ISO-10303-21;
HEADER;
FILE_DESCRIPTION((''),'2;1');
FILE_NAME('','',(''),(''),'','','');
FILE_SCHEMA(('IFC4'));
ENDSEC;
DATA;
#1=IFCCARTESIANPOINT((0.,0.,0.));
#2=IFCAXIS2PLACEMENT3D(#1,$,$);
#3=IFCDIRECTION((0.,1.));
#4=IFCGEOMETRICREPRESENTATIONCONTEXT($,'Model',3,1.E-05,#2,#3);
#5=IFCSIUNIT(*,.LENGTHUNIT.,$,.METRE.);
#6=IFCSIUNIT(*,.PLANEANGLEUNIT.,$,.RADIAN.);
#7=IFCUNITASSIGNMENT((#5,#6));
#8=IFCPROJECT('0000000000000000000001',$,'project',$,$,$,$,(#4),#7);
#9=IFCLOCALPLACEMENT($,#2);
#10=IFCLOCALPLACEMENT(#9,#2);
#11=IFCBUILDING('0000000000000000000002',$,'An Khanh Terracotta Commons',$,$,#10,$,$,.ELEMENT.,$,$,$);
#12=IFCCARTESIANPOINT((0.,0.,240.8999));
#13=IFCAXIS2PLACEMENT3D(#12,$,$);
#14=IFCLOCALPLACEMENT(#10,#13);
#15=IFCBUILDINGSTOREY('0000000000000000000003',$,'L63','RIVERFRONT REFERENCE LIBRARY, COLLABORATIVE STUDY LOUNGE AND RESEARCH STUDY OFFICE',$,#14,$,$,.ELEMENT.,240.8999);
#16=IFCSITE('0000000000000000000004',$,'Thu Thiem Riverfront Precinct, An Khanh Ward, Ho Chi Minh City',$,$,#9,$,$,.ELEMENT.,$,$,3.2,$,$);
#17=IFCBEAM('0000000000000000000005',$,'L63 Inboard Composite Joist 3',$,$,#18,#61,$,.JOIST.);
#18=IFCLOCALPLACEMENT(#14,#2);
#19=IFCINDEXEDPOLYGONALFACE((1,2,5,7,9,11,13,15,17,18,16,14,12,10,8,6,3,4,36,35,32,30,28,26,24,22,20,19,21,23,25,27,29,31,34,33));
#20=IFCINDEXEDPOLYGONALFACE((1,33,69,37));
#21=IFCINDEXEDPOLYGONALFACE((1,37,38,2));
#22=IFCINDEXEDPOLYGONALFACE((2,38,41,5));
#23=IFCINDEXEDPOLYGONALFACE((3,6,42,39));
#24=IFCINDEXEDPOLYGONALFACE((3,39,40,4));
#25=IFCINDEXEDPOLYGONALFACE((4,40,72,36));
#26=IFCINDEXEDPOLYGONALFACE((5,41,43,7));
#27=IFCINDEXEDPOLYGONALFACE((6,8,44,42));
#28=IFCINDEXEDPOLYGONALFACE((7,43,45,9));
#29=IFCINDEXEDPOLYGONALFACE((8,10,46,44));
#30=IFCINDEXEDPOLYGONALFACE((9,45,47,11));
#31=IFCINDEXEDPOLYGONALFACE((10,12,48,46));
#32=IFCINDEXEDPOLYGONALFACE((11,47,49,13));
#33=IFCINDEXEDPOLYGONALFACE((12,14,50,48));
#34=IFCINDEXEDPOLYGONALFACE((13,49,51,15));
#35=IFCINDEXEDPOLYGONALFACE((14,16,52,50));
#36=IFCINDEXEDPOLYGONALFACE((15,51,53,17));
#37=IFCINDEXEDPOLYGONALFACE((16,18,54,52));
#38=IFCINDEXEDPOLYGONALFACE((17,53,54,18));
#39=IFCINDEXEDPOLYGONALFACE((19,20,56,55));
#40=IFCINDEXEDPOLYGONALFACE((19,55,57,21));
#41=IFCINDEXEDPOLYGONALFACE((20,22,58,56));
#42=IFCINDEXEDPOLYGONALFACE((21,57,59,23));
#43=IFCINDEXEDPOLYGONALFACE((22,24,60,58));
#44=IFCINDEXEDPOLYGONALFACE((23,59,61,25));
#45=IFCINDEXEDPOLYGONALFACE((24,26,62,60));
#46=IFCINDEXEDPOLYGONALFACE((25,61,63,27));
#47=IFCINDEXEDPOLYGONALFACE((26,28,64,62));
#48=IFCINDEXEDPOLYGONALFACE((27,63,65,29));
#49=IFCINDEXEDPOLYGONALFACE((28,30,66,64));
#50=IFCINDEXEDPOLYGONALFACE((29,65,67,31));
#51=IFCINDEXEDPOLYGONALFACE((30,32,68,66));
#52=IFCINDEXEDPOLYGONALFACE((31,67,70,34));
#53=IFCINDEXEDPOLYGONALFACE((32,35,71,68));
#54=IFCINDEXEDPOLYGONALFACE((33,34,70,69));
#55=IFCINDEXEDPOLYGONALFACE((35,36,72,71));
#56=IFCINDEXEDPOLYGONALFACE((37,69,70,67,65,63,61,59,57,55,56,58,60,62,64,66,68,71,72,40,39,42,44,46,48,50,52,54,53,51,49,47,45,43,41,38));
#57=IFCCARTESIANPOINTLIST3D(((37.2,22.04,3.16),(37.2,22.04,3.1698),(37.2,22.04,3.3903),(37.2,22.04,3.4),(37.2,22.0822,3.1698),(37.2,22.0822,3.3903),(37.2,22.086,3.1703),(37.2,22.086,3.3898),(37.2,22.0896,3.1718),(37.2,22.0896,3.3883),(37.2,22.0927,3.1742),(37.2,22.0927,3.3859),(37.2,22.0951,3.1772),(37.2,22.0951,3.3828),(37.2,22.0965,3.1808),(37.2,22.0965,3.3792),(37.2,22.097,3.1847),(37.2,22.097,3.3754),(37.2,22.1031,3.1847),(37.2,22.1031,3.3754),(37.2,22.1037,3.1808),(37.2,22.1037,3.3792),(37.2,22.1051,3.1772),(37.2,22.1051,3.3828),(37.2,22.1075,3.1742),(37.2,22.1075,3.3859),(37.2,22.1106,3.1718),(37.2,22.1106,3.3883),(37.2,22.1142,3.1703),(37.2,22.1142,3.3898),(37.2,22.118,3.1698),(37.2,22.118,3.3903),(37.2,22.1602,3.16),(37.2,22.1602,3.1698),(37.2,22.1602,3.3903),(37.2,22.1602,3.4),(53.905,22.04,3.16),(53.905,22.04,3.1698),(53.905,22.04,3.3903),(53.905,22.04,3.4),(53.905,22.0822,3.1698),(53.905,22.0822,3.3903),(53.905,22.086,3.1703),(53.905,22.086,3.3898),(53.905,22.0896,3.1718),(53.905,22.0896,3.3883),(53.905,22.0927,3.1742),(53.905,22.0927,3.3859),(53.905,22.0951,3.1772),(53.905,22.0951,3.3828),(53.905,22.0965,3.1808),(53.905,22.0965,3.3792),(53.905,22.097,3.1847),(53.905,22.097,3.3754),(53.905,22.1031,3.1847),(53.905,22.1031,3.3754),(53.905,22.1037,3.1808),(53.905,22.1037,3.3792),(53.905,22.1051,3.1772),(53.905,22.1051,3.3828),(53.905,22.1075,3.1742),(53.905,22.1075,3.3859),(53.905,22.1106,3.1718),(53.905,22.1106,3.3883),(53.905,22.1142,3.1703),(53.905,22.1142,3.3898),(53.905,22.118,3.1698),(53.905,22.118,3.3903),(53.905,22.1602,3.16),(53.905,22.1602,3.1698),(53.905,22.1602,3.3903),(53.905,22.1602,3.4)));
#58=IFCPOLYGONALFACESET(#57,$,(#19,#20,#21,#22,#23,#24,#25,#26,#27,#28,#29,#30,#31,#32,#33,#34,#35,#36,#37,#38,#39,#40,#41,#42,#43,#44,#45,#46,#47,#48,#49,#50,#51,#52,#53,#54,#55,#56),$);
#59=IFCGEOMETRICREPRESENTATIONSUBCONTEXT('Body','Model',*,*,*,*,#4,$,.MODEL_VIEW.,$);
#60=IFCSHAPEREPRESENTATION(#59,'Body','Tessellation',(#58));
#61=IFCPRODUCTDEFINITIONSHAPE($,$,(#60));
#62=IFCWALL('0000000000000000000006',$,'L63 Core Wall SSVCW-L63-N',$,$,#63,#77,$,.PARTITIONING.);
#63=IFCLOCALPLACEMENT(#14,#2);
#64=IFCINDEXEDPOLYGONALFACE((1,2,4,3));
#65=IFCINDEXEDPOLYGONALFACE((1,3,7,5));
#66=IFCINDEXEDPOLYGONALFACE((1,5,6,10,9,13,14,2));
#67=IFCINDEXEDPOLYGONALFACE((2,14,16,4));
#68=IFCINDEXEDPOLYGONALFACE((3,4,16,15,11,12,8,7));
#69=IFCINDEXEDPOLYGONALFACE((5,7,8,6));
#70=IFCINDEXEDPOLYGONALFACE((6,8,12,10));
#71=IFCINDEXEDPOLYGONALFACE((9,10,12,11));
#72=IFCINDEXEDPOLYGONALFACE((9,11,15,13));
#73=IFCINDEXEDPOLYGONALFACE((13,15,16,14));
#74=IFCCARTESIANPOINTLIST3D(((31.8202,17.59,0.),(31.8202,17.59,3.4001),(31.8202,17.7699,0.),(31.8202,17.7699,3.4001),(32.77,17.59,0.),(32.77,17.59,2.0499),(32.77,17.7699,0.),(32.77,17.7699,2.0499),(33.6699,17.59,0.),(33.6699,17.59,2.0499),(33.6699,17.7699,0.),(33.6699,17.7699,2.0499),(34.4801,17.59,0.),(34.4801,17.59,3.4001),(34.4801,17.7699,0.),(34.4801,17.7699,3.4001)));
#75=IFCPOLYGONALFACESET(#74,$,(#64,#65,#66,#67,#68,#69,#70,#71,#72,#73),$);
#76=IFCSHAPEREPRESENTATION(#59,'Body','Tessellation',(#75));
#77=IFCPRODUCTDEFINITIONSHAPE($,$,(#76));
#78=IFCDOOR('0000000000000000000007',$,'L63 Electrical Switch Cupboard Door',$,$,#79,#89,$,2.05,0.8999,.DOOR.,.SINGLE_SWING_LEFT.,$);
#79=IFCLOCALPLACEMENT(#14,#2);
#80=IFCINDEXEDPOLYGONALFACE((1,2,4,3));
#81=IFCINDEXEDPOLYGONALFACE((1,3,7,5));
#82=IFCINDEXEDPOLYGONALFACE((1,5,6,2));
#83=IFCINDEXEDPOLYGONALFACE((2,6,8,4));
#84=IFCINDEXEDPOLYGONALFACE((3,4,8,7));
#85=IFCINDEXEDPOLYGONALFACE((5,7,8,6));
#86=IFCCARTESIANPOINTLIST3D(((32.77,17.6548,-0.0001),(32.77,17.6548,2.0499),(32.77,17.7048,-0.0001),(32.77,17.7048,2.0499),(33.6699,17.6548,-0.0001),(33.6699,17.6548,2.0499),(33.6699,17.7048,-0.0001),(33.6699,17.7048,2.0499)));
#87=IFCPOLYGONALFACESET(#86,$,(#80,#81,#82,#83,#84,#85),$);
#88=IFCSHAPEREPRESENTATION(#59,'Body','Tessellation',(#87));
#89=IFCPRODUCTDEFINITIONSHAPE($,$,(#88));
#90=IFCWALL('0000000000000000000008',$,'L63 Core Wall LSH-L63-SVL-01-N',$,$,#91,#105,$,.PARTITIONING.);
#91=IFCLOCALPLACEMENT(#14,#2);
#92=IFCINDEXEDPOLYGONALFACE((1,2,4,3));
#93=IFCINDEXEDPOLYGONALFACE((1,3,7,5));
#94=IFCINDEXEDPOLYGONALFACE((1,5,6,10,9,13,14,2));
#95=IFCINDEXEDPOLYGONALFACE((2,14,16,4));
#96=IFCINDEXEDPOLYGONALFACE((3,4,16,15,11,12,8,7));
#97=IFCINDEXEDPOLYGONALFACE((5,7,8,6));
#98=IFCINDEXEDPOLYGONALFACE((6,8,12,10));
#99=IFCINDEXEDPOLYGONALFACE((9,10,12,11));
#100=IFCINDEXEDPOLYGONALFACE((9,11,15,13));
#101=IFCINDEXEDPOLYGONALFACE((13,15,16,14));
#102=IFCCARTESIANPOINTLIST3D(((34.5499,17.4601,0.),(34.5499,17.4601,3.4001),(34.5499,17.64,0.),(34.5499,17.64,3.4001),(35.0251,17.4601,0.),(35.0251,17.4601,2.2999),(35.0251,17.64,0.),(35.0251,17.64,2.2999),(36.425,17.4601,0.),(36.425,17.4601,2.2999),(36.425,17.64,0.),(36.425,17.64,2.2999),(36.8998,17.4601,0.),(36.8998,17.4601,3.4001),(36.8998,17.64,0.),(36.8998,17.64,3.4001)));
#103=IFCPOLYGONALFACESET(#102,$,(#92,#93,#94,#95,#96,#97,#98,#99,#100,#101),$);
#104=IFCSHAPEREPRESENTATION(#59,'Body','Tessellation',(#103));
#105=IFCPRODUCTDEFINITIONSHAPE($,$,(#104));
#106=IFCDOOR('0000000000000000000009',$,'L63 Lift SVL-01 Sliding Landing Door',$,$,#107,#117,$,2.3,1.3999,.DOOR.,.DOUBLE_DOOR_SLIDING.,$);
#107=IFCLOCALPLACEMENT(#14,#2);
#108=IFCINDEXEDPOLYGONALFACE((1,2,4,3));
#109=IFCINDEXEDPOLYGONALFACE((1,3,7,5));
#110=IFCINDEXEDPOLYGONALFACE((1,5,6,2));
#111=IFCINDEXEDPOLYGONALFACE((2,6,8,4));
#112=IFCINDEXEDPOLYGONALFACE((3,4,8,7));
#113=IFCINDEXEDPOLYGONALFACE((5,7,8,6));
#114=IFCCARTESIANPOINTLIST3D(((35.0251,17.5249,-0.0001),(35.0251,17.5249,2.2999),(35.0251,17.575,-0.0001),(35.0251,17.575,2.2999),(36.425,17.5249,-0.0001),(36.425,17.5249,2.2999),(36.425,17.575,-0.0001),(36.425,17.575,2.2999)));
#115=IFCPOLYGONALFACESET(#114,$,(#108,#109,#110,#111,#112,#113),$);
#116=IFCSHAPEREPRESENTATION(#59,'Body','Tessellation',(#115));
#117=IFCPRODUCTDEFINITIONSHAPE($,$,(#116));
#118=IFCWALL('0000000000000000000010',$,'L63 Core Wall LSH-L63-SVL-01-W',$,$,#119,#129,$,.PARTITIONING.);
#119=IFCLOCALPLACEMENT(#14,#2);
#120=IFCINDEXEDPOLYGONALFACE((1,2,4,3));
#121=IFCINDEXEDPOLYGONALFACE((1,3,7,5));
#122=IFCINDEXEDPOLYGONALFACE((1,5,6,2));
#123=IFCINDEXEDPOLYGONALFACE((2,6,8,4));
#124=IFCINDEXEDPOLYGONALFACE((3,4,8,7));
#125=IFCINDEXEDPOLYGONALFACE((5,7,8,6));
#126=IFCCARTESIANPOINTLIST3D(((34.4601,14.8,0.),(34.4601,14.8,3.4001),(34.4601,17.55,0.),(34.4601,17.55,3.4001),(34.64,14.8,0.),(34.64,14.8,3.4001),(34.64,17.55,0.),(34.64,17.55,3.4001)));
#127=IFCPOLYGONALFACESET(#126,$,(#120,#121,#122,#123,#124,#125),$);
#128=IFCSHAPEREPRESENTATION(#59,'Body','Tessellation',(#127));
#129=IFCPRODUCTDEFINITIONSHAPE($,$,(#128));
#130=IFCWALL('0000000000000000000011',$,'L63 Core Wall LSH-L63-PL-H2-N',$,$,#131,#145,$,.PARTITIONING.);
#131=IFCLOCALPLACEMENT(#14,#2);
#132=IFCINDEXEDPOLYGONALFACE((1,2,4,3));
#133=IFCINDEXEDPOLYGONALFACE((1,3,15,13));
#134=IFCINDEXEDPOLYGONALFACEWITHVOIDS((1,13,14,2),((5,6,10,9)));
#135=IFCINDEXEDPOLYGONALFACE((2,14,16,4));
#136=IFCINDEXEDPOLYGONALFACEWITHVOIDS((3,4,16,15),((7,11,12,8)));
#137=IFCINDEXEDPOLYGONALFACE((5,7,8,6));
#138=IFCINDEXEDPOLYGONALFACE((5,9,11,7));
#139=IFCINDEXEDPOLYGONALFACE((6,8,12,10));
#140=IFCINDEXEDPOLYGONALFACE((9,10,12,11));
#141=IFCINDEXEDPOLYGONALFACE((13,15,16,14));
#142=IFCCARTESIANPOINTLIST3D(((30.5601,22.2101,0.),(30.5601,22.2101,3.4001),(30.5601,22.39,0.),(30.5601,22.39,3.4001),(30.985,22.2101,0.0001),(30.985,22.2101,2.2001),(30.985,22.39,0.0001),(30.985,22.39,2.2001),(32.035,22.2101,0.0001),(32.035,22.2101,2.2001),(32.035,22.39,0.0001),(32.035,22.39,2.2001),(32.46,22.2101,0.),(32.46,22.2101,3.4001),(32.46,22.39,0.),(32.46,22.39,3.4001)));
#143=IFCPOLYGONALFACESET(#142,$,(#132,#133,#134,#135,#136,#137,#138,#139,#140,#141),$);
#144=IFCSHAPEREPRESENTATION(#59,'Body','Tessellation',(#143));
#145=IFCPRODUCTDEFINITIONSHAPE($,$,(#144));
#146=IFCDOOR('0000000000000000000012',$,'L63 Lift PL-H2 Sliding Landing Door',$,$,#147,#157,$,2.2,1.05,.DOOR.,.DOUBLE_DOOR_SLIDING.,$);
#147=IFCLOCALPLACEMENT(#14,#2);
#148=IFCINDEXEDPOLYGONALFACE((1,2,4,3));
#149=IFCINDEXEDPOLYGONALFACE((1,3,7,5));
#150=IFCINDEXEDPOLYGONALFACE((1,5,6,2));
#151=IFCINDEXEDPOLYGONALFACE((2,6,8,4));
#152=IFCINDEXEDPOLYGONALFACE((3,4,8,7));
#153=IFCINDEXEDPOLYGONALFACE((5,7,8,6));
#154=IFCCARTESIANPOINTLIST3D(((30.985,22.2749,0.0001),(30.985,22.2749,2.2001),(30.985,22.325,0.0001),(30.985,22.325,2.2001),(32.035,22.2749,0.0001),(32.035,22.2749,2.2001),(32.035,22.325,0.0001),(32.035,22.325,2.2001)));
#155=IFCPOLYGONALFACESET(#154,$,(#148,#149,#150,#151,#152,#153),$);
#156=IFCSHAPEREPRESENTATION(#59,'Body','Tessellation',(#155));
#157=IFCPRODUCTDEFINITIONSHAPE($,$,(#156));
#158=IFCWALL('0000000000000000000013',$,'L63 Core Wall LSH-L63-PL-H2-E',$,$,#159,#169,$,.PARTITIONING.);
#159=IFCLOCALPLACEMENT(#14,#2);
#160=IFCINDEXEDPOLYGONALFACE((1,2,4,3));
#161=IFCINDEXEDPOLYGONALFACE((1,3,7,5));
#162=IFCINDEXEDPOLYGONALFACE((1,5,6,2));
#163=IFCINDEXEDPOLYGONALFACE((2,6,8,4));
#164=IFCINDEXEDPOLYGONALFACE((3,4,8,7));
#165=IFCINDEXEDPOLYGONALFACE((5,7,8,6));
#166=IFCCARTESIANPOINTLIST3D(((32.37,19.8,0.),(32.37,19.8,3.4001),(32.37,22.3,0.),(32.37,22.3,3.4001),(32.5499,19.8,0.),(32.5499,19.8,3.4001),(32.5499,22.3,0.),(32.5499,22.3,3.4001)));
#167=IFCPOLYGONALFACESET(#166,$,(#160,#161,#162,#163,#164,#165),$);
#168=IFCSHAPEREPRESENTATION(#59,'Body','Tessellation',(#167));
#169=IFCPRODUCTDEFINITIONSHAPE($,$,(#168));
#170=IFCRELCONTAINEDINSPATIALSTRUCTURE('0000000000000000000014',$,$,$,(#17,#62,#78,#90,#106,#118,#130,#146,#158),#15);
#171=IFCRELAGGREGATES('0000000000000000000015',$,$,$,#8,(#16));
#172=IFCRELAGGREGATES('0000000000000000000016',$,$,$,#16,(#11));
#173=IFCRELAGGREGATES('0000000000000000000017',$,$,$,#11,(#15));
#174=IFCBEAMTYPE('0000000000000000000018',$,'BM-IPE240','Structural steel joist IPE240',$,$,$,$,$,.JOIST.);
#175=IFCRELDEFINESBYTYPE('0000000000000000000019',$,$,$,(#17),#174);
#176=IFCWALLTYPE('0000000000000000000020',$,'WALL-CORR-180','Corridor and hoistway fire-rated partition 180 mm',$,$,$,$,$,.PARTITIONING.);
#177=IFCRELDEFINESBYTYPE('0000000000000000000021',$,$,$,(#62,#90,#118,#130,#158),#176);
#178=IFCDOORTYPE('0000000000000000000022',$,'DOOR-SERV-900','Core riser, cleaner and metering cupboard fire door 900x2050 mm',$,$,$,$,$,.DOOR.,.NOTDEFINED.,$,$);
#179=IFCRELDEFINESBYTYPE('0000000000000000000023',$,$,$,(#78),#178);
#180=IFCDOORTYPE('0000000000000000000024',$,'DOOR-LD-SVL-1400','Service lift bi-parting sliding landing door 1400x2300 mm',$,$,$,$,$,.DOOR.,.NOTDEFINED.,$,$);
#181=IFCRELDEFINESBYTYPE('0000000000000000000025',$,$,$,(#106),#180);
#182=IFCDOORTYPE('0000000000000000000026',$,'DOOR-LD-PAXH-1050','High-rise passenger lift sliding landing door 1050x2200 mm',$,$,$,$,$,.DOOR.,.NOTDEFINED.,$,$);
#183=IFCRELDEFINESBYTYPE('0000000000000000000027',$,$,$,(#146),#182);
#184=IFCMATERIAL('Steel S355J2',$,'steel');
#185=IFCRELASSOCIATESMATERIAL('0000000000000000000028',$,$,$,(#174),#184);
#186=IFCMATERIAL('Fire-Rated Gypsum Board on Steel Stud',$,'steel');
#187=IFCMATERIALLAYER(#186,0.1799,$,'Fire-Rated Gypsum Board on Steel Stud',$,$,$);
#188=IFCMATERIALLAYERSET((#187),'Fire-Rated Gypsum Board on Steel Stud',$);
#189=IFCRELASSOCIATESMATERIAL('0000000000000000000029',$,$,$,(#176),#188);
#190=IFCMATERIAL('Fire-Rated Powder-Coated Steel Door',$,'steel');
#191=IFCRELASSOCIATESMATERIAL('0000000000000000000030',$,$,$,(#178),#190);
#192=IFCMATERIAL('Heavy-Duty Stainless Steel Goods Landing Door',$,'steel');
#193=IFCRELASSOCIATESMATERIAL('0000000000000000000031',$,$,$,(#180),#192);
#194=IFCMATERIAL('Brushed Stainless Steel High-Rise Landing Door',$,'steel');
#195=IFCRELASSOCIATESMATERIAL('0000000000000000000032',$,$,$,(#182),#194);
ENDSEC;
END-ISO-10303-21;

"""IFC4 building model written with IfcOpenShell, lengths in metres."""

from ifc_helpers import new_model, si_unit, direction, frame, frame_2d, origin, origin_2d, place, context, subcontext, project, spatial, rectangle, i_section, extrude, material, layer, layer_set, material_profile, profile_set, type_object, element, fill, save


model = new_model("IFC4")

# Units and contexts
model_context = context("Model", 3, precision=1e-05, world=origin(), true_north=direction((0.0, 1.0)))
body_context = subcontext(model_context, "Body", "Model", "MODEL_VIEW")
ifc_project = project(units=[si_unit("LENGTHUNIT", "METRE"), si_unit("PLANEANGLEUNIT", "RADIAN")], contexts=[model_context])

# Site, building, storey
site_placement = place(None, origin())
site = spatial("IfcSite", under=ifc_project, at=site_placement, Name="Thu Thiem Riverfront Precinct, An Khanh Ward, Ho Chi Minh City", CompositionType="ELEMENT", RefElevation=3.2)
building_placement = place(site_placement, origin())
building = spatial("IfcBuilding", under=site, at=building_placement, Name="An Khanh Terracotta Commons", CompositionType="ELEMENT")
storey_placement = place(building_placement, frame((0.0, 0.0, 240.8999)))
storey = spatial("IfcBuildingStorey", under=building, at=storey_placement, Name="L63", Description="RIVERFRONT REFERENCE LIBRARY, COLLABORATIVE STUDY LOUNGE AND RESEARCH STUDY OFFICE", CompositionType="ELEMENT", Elevation=240.8999)

# Beam
ifc_material_1 = material(Name="Steel S355J2", Category="steel")
ifc_material_profile_1 = material_profile(ifc_material_1, i_section(OverallWidth=0.1201, OverallDepth=0.24, WebThickness=0.0061, FlangeThickness=0.0098, FilletRadius=0.0149, at=origin_2d()), Name="IPE240")
ifc_profile_set_1 = profile_set([ifc_material_profile_1], Name="Steel S355J2")
beam_type_1 = type_object("IfcBeamType", Name="BM-IPE240", Description="Structural steel joist IPE240", PredefinedType="JOIST", material=ifc_profile_set_1)
for number, where, z_axis, x_axis, name in (
    (1, (37.2, 22.1001, 3.28), (1.0, 0.0, 0.0), (0.0, 1.0, 0.0), "L63 Inboard Composite Joist 3"),
):
    element("IfcBeam", number, at=place(storey_placement, frame(where, z_axis=z_axis, x_axis=x_axis)), inside=storey, type_object=beam_type_1, Name=name, PredefinedType="JOIST", context=body_context, shape_type="SweptSolid", body=[
        extrude(i_section(OverallWidth=0.1201, OverallDepth=0.24, WebThickness=0.0061, FlangeThickness=0.0098, FilletRadius=0.0149, at=origin_2d()), origin(), (0.0, 0.0, 1.0), 16.7051),
    ])

# Walls, openings, doors
ifc_material_2 = material(Name="Fire-Rated Gypsum Board on Steel Stud", Category="steel")
ifc_layer = layer(ifc_material_2, 0.1799, Name="Fire-Rated Gypsum Board on Steel Stud")
ifc_layer_set = layer_set([ifc_layer], Name="Fire-Rated Gypsum Board on Steel Stud")
wall_type = type_object("IfcWallType", Name="WALL-CORR-180", Description="Corridor and hoistway fire-rated partition 180 mm", PredefinedType="PARTITIONING", material=ifc_layer_set)
wall_1_placement = place(storey_placement, frame((31.8201, 17.6799, 0.0), z_axis=(0.0, 0.0, 1.0), x_axis=(1.0, 0.0, 0.0)))
wall_1 = element("IfcWall", 2, at=wall_1_placement, inside=storey, type_object=wall_type, Name="L63 Core Wall SSVCW-L63-N", PredefinedType="PARTITIONING", context=body_context, shape_type="SweptSolid", body=[
    extrude(rectangle(XDim=2.6599, YDim=0.1799, at=frame_2d((1.3301, 0.0))), origin(), (0.0, 0.0, 1.0), 3.4001),
])
opening_1_placement = place(wall_1_placement, frame((0.95, 0.0, 0.0)))
opening_1 = element("IfcOpeningElement", 3, at=opening_1_placement, cuts=wall_1, PredefinedType="OPENING", context=body_context, shape_type="SweptSolid", body=[
    extrude(rectangle(XDim=0.8999, YDim=2.05, at=frame_2d((0.45, 1.0249))), frame((0.0, 0.0999, 0.0), z_axis=(0.0, -1.0, 0.0), x_axis=(1.0, 0.0, 0.0)), (0.0, 0.0, 1.0), 0.2),
])
ifc_material_3 = material(Name="Fire-Rated Powder-Coated Steel Door", Category="steel")
door_type_1 = type_object("IfcDoorType", Name="DOOR-SERV-900", Description="Core riser, cleaner and metering cupboard fire door 900x2050 mm", OperationType="NOTDEFINED", PredefinedType="DOOR", material=ifc_material_3)
door_1_placement = place(opening_1_placement, origin())
door_1 = element("IfcDoor", 4, at=door_1_placement, inside=storey, type_object=door_type_1, Name="L63 Electrical Switch Cupboard Door", OperationType="SINGLE_SWING_LEFT", OverallHeight=2.05, OverallWidth=0.8999, PredefinedType="DOOR", context=body_context, shape_type="SweptSolid", body=[
    extrude(rectangle(XDim=0.8999, YDim=2.05, at=frame_2d((0.45, 1.0249))), frame((0.0, 0.0249, 0.0), z_axis=(0.0, -1.0, 0.0), x_axis=(1.0, 0.0, 0.0)), (0.0, 0.0, 1.0), 0.05),
])
fill(opening_1, door_1)
wall_2_placement = place(storey_placement, frame((34.55, 17.55, 0.0), z_axis=(0.0, 0.0, 1.0), x_axis=(1.0, 0.0, 0.0)))
wall_2 = element("IfcWall", 5, at=wall_2_placement, inside=storey, type_object=wall_type, Name="L63 Core Wall LSH-L63-SVL-01-N", PredefinedType="PARTITIONING", context=body_context, shape_type="SweptSolid", body=[
    extrude(rectangle(XDim=2.3499, YDim=0.1799, at=frame_2d((1.1748, 0.0))), origin(), (0.0, 0.0, 1.0), 3.4001),
])
opening_2_placement = place(wall_2_placement, frame((0.4751, 0.0, 0.0)))
opening_2 = element("IfcOpeningElement", 6, at=opening_2_placement, cuts=wall_2, PredefinedType="OPENING", context=body_context, shape_type="SweptSolid", body=[
    extrude(rectangle(XDim=1.3999, YDim=2.3, at=frame_2d((0.7, 1.1499))), frame((0.0, 0.0999, 0.0), z_axis=(0.0, -1.0, 0.0), x_axis=(1.0, 0.0, 0.0)), (0.0, 0.0, 1.0), 0.2),
])
ifc_material_4 = material(Name="Heavy-Duty Stainless Steel Goods Landing Door", Category="steel")
door_type_2 = type_object("IfcDoorType", Name="DOOR-LD-SVL-1400", Description="Service lift bi-parting sliding landing door 1400x2300 mm", OperationType="NOTDEFINED", PredefinedType="DOOR", material=ifc_material_4)
door_2_placement = place(opening_2_placement, origin())
door_2 = element("IfcDoor", 7, at=door_2_placement, inside=storey, type_object=door_type_2, Name="L63 Lift SVL-01 Sliding Landing Door", OperationType="DOUBLE_DOOR_SLIDING", OverallHeight=2.3, OverallWidth=1.3999, PredefinedType="DOOR", context=body_context, shape_type="SweptSolid", body=[
    extrude(rectangle(XDim=1.3999, YDim=2.3, at=frame_2d((0.7, 1.1499))), frame((0.0, 0.0249, 0.0), z_axis=(0.0, -1.0, 0.0), x_axis=(1.0, 0.0, 0.0)), (0.0, 0.0, 1.0), 0.05),
])
fill(opening_2, door_2)

# Wall
wall_3_placement = place(storey_placement, frame((34.55, 17.55, 0.0), z_axis=(0.0, 0.0, 1.0), x_axis=(0.0, -1.0, 0.0)))
element("IfcWall", 8, at=wall_3_placement, inside=storey, type_object=wall_type, Name="L63 Core Wall LSH-L63-SVL-01-W", PredefinedType="PARTITIONING", context=body_context, shape_type="SweptSolid", body=[
    extrude(rectangle(XDim=2.75, YDim=0.1799, at=frame_2d((1.375, 0.0))), origin(), (0.0, 0.0, 1.0), 3.4001),
])

# Wall, opening, door
wall_4_placement = place(storey_placement, frame((30.5601, 22.3, 0.0), z_axis=(0.0, 0.0, 1.0), x_axis=(1.0, 0.0, 0.0)))
wall_4 = element("IfcWall", 9, at=wall_4_placement, inside=storey, type_object=wall_type, Name="L63 Core Wall LSH-L63-PL-H2-N", PredefinedType="PARTITIONING", context=body_context, shape_type="SweptSolid", body=[
    extrude(rectangle(XDim=1.8999, YDim=0.1799, at=frame_2d((0.95, 0.0))), origin(), (0.0, 0.0, 1.0), 3.4001),
])
opening_3_placement = place(wall_4_placement, frame((0.425, 0.0, 0.0)))
opening_3 = element("IfcOpeningElement", 10, at=opening_3_placement, cuts=wall_4, PredefinedType="OPENING", context=body_context, shape_type="SweptSolid", body=[
    extrude(rectangle(XDim=1.05, YDim=2.2, at=frame_2d((0.5249, 1.1001))), frame((0.0, 0.0999, 0.0), z_axis=(0.0, -1.0, 0.0), x_axis=(1.0, 0.0, 0.0)), (0.0, 0.0, 1.0), 0.2),
])
ifc_material_5 = material(Name="Brushed Stainless Steel High-Rise Landing Door", Category="steel")
door_type_3 = type_object("IfcDoorType", Name="DOOR-LD-PAXH-1050", Description="High-rise passenger lift sliding landing door 1050x2200 mm", OperationType="NOTDEFINED", PredefinedType="DOOR", material=ifc_material_5)
door_3_placement = place(opening_3_placement, origin())
door_3 = element("IfcDoor", 11, at=door_3_placement, inside=storey, type_object=door_type_3, Name="L63 Lift PL-H2 Sliding Landing Door", OperationType="DOUBLE_DOOR_SLIDING", OverallHeight=2.2, OverallWidth=1.05, PredefinedType="DOOR", context=body_context, shape_type="SweptSolid", body=[
    extrude(rectangle(XDim=1.05, YDim=2.2, at=frame_2d((0.5249, 1.1001))), frame((0.0, 0.0249, 0.0), z_axis=(0.0, -1.0, 0.0), x_axis=(1.0, 0.0, 0.0)), (0.0, 0.0, 1.0), 0.05),
])
fill(opening_3, door_3)

# Wall
wall_5_placement = place(storey_placement, frame((32.46, 19.8, 0.0), z_axis=(0.0, 0.0, 1.0), x_axis=(0.0, 1.0, 0.0)))
element("IfcWall", 12, at=wall_5_placement, inside=storey, type_object=wall_type, Name="L63 Core Wall LSH-L63-PL-H2-E", PredefinedType="PARTITIONING", context=body_context, shape_type="SweptSolid", body=[
    extrude(rectangle(XDim=2.5, YDim=0.1799, at=frame_2d((1.25, 0.0))), origin(), (0.0, 0.0, 1.0), 3.4001),
])

save(model, "model.ifc")
